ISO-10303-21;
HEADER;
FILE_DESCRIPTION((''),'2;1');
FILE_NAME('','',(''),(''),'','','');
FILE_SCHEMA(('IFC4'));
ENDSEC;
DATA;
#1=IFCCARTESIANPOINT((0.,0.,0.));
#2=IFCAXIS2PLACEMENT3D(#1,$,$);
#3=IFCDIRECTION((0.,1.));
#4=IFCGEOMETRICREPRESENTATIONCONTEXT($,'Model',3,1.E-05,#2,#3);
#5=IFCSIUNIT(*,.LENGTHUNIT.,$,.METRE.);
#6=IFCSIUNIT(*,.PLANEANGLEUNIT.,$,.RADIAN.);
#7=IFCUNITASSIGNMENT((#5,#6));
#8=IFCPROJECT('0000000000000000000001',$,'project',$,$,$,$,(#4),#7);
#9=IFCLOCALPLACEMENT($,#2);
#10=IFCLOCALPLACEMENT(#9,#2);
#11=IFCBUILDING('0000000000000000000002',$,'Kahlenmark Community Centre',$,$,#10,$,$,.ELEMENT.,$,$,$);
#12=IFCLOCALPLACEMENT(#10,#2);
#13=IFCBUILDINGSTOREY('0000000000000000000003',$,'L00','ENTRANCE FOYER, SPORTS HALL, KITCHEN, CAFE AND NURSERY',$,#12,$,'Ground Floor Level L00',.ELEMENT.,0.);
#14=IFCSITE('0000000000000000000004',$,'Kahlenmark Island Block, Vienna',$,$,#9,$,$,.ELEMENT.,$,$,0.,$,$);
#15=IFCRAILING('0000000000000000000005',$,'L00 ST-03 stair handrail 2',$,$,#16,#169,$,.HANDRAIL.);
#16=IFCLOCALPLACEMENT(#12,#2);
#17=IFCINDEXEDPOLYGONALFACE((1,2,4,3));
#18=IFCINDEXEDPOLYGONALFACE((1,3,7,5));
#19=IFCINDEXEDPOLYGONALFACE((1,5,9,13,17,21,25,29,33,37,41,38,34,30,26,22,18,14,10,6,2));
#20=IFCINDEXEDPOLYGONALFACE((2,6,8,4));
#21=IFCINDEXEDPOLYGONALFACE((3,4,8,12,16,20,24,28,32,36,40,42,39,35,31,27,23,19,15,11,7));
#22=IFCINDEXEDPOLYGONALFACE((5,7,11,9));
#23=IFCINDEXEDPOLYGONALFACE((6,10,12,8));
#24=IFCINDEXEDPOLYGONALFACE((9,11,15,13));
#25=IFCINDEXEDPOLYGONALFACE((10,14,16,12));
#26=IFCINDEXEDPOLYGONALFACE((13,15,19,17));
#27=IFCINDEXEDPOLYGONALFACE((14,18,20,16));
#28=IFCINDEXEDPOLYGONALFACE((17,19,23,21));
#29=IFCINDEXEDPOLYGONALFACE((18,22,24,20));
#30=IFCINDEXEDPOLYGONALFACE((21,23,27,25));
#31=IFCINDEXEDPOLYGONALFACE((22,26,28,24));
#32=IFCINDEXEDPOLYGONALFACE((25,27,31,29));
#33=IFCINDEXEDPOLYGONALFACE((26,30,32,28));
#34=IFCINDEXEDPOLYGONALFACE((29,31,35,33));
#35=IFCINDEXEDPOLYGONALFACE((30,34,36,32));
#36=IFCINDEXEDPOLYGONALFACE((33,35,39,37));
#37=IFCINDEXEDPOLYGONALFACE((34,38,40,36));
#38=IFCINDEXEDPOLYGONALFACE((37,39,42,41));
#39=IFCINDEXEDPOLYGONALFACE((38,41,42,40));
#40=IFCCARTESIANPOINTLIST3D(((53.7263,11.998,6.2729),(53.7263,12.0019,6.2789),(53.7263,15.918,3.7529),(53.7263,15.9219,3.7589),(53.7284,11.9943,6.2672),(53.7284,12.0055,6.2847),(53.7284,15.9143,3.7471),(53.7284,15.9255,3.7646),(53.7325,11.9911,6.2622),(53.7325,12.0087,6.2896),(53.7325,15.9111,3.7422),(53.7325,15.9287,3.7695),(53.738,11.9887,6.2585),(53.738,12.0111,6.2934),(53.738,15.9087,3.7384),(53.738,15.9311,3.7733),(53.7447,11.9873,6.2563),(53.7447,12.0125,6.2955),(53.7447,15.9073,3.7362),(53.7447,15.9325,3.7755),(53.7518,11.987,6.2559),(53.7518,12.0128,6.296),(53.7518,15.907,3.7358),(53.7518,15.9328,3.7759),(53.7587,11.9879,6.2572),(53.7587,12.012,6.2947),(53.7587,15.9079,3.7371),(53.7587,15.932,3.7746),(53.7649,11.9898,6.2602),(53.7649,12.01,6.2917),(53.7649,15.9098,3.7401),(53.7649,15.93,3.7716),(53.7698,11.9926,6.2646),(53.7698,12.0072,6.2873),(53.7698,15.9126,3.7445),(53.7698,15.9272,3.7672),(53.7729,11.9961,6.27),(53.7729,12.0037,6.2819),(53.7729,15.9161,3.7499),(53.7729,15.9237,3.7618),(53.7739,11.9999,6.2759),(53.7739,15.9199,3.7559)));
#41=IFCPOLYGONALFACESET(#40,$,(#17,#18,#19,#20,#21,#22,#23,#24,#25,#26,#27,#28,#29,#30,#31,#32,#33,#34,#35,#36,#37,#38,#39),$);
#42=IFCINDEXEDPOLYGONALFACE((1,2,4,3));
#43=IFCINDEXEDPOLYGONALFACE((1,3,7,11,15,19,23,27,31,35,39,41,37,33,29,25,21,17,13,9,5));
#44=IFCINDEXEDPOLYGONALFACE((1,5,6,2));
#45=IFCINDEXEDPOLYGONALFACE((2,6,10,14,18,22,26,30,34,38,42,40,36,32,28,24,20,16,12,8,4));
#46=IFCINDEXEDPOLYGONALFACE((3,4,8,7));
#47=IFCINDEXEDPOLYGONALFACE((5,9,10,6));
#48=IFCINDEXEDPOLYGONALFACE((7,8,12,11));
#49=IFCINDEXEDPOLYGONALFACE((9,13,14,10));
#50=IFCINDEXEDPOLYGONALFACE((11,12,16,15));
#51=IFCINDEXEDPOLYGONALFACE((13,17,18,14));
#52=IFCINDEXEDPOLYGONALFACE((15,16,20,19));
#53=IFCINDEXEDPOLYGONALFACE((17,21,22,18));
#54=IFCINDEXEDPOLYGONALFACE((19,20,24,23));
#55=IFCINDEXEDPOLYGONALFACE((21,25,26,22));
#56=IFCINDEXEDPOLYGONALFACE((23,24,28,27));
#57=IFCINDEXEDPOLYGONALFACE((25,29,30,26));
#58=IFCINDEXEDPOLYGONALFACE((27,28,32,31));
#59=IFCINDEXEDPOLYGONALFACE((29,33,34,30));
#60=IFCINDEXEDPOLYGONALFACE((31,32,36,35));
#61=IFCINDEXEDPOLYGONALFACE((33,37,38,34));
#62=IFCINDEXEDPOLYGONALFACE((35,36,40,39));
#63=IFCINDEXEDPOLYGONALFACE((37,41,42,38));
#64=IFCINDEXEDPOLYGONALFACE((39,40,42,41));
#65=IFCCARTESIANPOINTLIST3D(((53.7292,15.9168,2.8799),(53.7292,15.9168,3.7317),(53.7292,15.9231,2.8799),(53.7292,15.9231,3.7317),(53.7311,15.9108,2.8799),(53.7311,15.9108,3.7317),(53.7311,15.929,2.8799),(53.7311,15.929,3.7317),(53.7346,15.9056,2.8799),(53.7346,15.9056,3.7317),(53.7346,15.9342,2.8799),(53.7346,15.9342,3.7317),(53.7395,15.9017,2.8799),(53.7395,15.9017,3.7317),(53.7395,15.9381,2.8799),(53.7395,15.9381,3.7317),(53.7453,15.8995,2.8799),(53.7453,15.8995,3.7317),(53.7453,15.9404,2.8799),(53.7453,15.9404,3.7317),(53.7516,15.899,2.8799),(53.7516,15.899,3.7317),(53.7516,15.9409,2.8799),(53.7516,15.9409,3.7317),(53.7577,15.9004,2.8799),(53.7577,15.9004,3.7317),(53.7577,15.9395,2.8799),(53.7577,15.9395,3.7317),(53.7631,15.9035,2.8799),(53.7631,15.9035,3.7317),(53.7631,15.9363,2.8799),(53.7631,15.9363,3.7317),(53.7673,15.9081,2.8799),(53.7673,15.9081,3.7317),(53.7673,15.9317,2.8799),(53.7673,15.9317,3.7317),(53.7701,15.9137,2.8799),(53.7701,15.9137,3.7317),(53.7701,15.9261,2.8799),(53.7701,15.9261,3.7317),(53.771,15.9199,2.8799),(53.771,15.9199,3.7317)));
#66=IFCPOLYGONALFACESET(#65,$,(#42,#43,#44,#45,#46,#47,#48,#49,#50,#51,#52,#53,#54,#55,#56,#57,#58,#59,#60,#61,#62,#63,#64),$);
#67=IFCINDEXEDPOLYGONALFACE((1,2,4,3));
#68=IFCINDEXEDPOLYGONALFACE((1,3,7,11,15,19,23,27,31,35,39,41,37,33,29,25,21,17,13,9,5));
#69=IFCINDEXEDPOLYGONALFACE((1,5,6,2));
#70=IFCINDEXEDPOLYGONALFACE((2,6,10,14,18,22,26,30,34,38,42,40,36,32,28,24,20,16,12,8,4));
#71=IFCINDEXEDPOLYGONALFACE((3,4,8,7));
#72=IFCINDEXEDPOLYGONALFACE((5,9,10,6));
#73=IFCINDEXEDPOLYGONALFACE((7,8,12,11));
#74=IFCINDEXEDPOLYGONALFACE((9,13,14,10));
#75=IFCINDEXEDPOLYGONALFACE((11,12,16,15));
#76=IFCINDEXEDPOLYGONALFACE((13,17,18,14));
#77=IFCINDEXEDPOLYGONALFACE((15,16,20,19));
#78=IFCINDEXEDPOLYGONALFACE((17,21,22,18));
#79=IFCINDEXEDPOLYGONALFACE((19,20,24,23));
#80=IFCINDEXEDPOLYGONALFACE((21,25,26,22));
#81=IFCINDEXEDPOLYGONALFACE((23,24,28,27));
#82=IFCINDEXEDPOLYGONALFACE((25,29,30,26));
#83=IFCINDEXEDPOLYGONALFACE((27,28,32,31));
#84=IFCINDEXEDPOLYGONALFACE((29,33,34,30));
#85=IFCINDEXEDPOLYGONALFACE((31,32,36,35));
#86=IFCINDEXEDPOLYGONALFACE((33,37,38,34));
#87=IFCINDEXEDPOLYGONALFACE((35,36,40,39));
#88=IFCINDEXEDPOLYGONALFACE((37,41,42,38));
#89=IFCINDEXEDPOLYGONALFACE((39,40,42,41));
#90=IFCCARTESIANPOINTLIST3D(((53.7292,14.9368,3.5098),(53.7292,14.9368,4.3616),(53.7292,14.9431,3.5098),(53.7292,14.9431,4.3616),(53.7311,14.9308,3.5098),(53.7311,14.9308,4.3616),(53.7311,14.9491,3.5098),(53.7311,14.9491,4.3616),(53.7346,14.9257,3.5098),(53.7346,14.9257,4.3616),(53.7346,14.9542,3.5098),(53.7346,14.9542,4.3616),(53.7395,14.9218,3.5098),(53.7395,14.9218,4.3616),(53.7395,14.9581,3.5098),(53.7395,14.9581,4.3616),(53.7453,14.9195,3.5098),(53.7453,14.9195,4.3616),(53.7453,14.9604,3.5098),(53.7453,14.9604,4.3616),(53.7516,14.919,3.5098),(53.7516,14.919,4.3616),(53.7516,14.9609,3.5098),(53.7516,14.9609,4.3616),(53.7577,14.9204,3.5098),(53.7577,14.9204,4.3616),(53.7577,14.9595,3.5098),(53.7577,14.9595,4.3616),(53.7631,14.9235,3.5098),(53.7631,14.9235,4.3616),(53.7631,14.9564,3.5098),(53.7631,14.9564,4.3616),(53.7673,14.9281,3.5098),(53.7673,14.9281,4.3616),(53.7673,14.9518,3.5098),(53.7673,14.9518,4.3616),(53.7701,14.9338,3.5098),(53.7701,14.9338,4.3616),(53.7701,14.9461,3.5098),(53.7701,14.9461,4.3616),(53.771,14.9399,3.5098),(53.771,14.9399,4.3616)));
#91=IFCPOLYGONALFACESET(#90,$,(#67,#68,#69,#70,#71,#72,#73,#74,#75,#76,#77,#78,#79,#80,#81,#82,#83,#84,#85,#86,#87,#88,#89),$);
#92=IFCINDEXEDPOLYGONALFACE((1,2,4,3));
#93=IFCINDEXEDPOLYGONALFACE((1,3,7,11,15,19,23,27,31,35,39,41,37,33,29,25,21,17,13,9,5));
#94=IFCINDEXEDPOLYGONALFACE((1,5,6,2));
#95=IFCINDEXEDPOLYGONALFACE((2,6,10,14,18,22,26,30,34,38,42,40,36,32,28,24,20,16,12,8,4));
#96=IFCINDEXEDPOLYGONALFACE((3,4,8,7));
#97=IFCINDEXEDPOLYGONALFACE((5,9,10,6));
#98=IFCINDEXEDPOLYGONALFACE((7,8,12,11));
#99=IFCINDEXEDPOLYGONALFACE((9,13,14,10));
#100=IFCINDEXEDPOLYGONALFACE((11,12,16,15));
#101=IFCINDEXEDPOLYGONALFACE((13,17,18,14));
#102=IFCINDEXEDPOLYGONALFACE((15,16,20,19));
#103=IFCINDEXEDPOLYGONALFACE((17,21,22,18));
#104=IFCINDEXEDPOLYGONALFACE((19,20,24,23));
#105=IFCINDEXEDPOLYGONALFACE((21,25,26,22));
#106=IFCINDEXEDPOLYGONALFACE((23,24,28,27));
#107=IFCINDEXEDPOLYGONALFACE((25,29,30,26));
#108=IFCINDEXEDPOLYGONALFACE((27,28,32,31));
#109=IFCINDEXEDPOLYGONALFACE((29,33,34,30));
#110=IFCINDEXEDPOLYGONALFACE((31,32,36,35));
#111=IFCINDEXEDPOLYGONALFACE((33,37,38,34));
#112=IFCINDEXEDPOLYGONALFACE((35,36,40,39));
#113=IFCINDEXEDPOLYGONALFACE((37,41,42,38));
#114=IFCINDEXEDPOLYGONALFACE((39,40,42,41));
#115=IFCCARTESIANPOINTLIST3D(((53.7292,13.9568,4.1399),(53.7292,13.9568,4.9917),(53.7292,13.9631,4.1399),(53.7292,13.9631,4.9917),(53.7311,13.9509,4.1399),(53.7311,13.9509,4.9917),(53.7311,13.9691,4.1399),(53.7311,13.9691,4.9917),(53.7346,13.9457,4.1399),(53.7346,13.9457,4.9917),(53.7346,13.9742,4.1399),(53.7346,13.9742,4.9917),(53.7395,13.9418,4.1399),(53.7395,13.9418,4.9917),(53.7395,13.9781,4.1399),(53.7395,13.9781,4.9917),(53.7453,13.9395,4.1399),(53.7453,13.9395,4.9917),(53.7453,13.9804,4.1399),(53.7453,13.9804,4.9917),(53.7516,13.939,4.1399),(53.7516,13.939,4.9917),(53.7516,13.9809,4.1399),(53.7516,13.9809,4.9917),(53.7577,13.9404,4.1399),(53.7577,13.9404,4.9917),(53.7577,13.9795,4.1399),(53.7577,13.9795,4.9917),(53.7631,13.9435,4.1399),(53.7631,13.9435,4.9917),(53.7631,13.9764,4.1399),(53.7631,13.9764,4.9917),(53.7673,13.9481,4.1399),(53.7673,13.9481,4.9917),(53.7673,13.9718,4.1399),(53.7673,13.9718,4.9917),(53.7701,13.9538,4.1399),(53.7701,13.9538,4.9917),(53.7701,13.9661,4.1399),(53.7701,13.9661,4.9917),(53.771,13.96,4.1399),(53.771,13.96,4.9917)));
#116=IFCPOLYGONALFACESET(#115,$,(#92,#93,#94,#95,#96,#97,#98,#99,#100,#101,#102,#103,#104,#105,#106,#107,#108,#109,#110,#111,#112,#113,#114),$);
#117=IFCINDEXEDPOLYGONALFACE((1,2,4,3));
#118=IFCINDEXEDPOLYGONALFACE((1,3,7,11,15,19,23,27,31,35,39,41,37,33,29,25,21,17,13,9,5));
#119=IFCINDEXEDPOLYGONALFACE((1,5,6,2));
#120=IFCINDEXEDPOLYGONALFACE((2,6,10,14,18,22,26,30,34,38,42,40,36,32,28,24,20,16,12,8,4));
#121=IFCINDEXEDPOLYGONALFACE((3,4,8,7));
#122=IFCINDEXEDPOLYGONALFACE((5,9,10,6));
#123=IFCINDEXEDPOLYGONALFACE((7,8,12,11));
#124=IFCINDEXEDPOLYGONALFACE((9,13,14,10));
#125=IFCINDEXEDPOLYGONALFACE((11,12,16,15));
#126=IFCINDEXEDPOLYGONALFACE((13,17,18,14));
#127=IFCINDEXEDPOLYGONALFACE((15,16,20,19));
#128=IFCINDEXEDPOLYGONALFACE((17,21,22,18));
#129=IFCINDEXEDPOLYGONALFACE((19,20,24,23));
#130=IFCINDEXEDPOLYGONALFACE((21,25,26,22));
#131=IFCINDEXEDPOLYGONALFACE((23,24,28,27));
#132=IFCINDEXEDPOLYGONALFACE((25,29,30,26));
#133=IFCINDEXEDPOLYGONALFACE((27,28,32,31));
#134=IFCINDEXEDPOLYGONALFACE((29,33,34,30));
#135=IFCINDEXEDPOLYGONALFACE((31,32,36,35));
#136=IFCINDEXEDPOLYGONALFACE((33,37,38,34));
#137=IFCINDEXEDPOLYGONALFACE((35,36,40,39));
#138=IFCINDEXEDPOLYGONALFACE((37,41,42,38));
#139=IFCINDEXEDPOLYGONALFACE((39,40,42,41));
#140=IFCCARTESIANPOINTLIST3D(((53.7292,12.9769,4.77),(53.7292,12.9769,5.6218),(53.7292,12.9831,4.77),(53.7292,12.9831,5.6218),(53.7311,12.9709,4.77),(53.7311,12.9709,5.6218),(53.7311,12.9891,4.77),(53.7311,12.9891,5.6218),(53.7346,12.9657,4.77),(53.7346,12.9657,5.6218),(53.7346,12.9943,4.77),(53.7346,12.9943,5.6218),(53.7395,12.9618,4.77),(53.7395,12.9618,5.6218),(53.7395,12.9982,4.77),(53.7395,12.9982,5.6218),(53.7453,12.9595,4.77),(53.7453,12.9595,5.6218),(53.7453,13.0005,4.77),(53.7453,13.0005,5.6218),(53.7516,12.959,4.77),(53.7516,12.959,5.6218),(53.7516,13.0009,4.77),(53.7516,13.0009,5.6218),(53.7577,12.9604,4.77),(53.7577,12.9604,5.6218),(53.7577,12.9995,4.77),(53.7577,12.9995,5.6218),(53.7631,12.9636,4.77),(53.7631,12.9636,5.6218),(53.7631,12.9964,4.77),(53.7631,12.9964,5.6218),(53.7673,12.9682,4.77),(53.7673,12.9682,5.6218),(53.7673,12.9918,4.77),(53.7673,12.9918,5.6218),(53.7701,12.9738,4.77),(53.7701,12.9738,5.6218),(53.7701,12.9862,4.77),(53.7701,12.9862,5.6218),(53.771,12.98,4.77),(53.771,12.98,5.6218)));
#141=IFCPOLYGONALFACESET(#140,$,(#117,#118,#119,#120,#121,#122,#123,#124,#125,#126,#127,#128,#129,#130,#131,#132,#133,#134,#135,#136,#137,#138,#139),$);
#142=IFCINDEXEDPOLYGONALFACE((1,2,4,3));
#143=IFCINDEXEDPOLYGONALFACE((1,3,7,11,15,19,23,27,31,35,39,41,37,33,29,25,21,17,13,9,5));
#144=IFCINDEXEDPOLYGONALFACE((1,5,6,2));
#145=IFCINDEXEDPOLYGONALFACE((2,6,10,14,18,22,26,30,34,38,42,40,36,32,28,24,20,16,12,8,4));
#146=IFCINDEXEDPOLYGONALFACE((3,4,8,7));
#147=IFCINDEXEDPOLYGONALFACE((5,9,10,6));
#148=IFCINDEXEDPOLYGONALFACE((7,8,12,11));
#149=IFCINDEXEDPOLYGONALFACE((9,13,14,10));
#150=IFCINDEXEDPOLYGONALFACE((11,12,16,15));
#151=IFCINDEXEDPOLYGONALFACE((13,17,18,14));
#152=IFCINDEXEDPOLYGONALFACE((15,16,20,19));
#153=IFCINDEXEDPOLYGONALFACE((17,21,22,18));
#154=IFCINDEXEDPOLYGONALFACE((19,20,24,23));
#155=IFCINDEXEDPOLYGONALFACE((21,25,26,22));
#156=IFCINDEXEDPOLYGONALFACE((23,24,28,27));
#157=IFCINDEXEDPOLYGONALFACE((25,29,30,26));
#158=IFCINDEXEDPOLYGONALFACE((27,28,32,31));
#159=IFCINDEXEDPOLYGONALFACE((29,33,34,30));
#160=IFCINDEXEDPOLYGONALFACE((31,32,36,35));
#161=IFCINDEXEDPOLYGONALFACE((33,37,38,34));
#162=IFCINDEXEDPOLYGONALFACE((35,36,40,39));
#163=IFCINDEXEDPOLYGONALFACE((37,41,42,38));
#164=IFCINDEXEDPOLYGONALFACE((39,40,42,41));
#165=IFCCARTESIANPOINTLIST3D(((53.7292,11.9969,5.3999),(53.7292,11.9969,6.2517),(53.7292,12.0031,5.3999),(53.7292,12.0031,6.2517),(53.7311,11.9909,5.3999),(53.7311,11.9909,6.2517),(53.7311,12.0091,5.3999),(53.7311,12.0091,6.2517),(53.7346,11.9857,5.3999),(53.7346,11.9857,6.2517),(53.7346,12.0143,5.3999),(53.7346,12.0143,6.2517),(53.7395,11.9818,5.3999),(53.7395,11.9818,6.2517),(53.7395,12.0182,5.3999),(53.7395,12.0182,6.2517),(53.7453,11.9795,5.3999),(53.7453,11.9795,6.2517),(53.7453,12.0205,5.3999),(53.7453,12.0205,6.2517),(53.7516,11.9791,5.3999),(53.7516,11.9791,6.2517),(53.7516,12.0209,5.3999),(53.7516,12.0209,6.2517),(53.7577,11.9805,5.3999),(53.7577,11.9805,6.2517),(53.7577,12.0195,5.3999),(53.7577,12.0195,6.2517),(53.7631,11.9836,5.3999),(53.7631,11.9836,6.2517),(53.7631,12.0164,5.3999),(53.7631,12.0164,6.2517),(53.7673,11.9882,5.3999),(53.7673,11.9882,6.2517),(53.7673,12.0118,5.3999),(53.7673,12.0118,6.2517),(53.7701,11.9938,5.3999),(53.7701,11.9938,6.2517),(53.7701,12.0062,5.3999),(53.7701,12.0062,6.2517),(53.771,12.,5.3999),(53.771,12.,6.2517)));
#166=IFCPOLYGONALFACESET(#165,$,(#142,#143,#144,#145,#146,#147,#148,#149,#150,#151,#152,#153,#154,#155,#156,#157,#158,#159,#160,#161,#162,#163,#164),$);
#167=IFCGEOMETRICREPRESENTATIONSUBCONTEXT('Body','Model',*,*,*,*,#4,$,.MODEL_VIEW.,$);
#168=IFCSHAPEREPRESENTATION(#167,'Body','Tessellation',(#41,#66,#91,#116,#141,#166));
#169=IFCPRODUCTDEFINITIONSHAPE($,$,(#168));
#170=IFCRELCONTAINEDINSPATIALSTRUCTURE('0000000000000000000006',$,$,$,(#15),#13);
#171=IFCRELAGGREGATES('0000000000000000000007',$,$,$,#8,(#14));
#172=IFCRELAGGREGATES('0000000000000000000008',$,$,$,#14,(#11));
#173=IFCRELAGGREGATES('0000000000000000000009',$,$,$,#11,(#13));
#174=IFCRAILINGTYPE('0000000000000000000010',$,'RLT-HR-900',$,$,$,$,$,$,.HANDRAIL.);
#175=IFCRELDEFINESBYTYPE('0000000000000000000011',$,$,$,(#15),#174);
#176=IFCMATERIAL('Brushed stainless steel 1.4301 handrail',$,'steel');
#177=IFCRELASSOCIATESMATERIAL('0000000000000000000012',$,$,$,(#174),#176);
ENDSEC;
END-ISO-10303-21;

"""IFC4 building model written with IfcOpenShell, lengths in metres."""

from ifc_helpers import new_model, si_unit, direction, frame, origin, origin_2d, place, context, subcontext, project, spatial, circle, extrude, material, type_object, element, save


model = new_model("IFC4")

# Units and contexts
model_context = context("Model", 3, precision=1e-05, world=origin(), true_north=direction((0.0, 1.0)))
body_context = subcontext(model_context, "Body", "Model", "MODEL_VIEW")
ifc_project = project(units=[si_unit("LENGTHUNIT", "METRE"), si_unit("PLANEANGLEUNIT", "RADIAN")], contexts=[model_context])

# Site, building, storey
site_placement = place(None, origin())
site = spatial("IfcSite", under=ifc_project, at=site_placement, Name="Kahlenmark Island Block, Vienna", CompositionType="ELEMENT", RefElevation=0.0)
building_placement = place(site_placement, origin())
building = spatial("IfcBuilding", under=site, at=building_placement, Name="Kahlenmark Community Centre", CompositionType="ELEMENT")
storey_placement = place(building_placement, origin())
storey = spatial("IfcBuildingStorey", under=building, at=storey_placement, Name="L00", Description="ENTRANCE FOYER, SPORTS HALL, KITCHEN, CAFE AND NURSERY", LongName="Ground Floor Level L00", CompositionType="ELEMENT", Elevation=0.0)

# Railing
ifc_material_1 = material(Name="Brushed stainless steel 1.4301 handrail", Category="steel")
railing_type_1 = type_object("IfcRailingType", Name="RLT-HR-900", PredefinedType="HANDRAIL", material=ifc_material_1)
railing_1_placement = place(storey_placement, frame((53.75, 15.9199, 2.8799)))
element("IfcRailing", 1, at=railing_1_placement, inside=storey, type_object=railing_type_1, Name="L00 ST-03 stair handrail 2", PredefinedType="HANDRAIL", context=body_context, shape_type="SweptSolid", body=[
    extrude(circle(Radius=0.0239, at=origin_2d()), frame((0.0, 0.0, 0.876), z_axis=(0.0, -0.841172, 0.540768), x_axis=(1.0, 0.0, 0.0)), (0.0, 0.0, 1.0), 4.6602),
    extrude(circle(Radius=0.021, at=origin_2d()), origin(), (0.0, 0.0, 1.0), 0.8518),
    extrude(circle(Radius=0.021, at=origin_2d()), frame((0.0, -0.98, 0.6299)), (0.0, 0.0, 1.0), 0.8518),
    extrude(circle(Radius=0.021, at=origin_2d()), frame((0.0, -1.96, 1.26)), (0.0, 0.0, 1.0), 0.8518),
    extrude(circle(Radius=0.021, at=origin_2d()), frame((0.0, -2.9399, 1.8901)), (0.0, 0.0, 1.0), 0.8518),
    extrude(circle(Radius=0.021, at=origin_2d()), frame((0.0, -3.9199, 2.52)), (0.0, 0.0, 1.0), 0.8518),
])

save(model, "model.ifc")
